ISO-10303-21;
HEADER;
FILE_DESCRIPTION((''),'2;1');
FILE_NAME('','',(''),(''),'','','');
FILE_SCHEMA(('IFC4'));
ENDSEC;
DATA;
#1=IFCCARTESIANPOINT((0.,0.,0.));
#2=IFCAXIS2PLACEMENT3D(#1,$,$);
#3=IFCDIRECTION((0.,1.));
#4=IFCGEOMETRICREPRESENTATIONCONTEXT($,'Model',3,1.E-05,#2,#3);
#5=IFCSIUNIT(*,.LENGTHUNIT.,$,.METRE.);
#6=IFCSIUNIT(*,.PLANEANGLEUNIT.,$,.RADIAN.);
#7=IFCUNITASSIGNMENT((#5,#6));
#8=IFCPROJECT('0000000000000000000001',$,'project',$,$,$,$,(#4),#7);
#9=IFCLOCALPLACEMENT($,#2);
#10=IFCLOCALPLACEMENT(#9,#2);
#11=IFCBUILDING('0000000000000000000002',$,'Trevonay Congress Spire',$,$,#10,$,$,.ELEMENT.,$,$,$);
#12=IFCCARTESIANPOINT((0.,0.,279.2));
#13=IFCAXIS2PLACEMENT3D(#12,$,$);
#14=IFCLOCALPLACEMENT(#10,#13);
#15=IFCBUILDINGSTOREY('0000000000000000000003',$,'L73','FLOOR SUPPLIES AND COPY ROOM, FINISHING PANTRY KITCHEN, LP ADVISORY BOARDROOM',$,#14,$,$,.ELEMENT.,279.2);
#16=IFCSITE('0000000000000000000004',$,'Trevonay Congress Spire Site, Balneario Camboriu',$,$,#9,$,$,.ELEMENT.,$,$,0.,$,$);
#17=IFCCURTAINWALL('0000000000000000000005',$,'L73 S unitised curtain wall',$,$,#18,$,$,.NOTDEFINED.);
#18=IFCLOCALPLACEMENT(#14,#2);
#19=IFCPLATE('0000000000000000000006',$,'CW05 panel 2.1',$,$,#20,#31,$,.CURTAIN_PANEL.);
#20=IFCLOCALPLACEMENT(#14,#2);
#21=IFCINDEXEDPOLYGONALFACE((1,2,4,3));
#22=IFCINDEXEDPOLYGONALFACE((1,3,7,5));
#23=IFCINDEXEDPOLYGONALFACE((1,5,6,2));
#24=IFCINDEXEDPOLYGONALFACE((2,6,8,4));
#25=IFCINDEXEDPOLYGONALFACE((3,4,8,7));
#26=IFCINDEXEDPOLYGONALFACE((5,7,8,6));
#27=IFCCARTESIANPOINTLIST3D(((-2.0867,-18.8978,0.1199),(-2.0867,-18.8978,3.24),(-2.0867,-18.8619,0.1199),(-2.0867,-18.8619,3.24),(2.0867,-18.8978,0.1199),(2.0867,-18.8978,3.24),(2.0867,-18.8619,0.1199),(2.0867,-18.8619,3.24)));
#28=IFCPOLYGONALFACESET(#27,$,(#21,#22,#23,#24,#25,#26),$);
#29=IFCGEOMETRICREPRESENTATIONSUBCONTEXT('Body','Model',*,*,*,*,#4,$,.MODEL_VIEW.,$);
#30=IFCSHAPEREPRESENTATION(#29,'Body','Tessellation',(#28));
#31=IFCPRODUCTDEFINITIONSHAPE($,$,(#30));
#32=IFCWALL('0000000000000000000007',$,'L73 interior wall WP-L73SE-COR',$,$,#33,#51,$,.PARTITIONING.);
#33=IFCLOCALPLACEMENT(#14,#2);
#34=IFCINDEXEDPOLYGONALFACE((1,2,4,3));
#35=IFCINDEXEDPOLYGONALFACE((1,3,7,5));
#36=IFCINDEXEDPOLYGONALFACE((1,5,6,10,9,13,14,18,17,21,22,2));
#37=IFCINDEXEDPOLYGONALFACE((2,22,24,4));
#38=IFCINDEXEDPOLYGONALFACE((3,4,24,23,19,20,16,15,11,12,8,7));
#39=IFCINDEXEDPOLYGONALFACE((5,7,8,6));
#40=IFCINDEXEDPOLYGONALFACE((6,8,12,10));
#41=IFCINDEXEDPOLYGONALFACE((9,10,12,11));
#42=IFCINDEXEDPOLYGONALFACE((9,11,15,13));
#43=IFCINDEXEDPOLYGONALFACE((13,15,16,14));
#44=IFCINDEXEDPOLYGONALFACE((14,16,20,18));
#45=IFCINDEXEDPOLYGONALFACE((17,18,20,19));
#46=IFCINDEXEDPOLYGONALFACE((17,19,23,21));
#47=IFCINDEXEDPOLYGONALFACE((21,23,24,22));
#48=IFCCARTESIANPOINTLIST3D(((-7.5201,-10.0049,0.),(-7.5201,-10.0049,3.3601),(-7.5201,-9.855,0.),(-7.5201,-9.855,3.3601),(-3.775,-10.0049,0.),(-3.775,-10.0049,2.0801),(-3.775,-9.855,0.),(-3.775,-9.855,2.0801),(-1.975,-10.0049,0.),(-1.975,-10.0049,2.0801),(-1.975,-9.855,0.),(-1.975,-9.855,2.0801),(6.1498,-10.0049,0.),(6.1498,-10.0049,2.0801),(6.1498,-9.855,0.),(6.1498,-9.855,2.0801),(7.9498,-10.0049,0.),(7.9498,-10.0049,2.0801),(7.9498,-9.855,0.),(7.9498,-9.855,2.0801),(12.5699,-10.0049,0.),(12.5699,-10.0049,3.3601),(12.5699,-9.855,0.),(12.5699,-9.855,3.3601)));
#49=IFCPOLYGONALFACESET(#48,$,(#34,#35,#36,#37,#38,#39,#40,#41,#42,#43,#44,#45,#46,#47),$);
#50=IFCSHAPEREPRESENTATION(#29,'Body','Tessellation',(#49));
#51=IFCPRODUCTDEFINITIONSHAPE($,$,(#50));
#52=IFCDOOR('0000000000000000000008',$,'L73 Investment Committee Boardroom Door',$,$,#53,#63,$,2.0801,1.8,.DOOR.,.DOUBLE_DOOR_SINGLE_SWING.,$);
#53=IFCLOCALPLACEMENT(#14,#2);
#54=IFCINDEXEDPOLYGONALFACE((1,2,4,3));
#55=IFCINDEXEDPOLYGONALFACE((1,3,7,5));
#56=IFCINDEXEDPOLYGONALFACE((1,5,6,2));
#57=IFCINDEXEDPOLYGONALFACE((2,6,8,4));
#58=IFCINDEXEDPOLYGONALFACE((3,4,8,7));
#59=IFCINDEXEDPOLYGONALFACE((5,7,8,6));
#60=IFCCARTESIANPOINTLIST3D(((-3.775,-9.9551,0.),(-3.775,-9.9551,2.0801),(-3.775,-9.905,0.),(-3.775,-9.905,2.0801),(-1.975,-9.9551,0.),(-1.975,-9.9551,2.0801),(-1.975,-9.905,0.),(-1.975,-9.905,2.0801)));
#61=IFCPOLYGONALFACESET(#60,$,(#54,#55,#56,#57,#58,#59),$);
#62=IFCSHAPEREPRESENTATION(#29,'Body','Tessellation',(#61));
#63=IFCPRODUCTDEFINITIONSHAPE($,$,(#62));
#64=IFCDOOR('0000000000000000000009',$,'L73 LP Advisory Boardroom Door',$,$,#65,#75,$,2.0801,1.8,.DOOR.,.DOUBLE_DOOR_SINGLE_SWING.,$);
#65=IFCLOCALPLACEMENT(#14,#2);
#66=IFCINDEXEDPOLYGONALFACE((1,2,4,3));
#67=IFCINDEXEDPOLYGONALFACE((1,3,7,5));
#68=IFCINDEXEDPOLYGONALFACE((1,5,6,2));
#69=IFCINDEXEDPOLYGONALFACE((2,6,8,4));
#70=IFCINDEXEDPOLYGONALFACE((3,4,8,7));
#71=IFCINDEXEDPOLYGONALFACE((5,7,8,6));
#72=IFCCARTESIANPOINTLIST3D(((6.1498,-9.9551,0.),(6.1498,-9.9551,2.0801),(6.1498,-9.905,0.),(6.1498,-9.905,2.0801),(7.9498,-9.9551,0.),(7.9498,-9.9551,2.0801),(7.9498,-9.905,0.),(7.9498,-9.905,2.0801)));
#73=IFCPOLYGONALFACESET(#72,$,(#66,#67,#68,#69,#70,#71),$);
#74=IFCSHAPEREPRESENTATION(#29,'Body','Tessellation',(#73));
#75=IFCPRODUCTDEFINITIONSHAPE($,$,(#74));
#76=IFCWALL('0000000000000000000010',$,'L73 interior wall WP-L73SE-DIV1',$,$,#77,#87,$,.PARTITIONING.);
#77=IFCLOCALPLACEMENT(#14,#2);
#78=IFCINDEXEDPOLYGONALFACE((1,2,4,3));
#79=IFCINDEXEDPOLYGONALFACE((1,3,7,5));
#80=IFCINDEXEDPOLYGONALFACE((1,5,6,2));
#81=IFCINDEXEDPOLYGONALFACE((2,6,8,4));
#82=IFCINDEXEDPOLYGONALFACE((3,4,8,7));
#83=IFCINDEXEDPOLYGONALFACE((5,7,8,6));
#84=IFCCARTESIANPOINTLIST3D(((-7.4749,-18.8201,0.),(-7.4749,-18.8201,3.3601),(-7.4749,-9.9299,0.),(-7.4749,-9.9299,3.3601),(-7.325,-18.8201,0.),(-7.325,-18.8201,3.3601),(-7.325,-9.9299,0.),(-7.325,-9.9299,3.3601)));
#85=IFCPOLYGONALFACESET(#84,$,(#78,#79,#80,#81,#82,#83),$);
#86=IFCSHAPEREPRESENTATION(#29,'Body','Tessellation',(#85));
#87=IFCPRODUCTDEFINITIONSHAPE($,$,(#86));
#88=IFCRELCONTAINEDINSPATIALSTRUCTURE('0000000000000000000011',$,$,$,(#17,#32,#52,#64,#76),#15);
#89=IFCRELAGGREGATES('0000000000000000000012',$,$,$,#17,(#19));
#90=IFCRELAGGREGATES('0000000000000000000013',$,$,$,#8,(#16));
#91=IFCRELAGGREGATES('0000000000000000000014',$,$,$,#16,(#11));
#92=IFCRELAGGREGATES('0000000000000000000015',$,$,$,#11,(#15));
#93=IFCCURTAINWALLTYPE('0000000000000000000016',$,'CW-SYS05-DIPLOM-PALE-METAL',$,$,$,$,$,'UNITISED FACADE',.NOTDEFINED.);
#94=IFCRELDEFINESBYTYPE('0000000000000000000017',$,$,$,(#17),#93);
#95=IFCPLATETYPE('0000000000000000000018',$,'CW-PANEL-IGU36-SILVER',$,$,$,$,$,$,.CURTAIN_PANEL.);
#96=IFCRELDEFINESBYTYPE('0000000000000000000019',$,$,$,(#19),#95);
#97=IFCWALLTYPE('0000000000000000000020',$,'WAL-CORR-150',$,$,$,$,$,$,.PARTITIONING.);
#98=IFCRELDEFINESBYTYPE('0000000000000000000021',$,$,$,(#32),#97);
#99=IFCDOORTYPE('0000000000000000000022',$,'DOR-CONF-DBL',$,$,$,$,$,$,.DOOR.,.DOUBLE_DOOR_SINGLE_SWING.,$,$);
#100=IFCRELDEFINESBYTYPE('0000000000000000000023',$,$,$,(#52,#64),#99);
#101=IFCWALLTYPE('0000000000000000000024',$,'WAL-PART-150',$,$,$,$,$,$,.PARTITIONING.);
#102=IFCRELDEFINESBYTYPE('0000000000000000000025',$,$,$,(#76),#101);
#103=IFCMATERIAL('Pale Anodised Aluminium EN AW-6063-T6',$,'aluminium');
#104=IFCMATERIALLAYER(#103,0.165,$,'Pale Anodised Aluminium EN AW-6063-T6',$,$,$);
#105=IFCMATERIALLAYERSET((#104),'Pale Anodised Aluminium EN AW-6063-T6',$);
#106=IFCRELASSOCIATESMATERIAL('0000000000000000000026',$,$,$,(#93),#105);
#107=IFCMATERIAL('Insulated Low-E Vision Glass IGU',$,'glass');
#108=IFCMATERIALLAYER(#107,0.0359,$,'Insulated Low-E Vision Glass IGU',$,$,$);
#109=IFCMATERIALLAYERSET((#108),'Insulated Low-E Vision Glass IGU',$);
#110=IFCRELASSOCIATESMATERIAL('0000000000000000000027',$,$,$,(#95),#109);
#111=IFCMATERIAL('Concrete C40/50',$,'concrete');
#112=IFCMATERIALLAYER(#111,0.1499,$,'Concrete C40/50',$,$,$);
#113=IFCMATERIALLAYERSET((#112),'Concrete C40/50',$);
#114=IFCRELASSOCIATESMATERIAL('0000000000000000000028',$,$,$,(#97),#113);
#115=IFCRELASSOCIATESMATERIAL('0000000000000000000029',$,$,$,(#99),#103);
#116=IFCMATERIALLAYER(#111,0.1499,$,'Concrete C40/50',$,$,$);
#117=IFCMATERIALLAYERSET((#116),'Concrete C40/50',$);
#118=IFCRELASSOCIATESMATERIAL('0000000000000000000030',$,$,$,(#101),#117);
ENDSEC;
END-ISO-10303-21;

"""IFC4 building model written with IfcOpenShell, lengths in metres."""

from ifc_helpers import new_model, si_unit, direction, frame, frame_2d, origin, origin_2d, place, context, subcontext, project, spatial, rectangle, extrude, material, layer, layer_set, type_object, element, fill, aggregate, save


model = new_model("IFC4")

# Units and contexts
model_context = context("Model", 3, precision=1e-05, world=origin(), true_north=direction((0.0, 1.0)))
body_context = subcontext(model_context, "Body", "Model", "MODEL_VIEW")
ifc_project = project(units=[si_unit("LENGTHUNIT", "METRE"), si_unit("PLANEANGLEUNIT", "RADIAN")], contexts=[model_context])

# Site, building, storey
site_placement = place(None, origin())
site = spatial("IfcSite", under=ifc_project, at=site_placement, Name="Trevonay Congress Spire Site, Balneario Camboriu", CompositionType="ELEMENT", RefElevation=0.0)
building_placement = place(site_placement, origin())
building = spatial("IfcBuilding", under=site, at=building_placement, Name="Trevonay Congress Spire", CompositionType="ELEMENT")
storey_placement = place(building_placement, frame((0.0, 0.0, 279.2)))
storey = spatial("IfcBuildingStorey", under=building, at=storey_placement, Name="L73", Description="FLOOR SUPPLIES AND COPY ROOM, FINISHING PANTRY KITCHEN, LP ADVISORY BOARDROOM", CompositionType="ELEMENT", Elevation=279.2)

# Curtain wall, plate
ifc_material_1 = material(Name="Pale Anodised Aluminium EN AW-6063-T6", Category="aluminium")
ifc_layer_1 = layer(ifc_material_1, 0.165, Name="Pale Anodised Aluminium EN AW-6063-T6")
ifc_layer_set_1 = layer_set([ifc_layer_1], Name="Pale Anodised Aluminium EN AW-6063-T6")
curtain_wall_type = type_object("IfcCurtainWallType", Name="CW-SYS05-DIPLOM-PALE-METAL", ElementType="UNITISED FACADE", PredefinedType="NOTDEFINED", material=ifc_layer_set_1)
curtain_wall_placement = place(storey_placement, origin())
curtain_wall = element("IfcCurtainWall", 1, at=curtain_wall_placement, inside=storey, type_object=curtain_wall_type, Name="L73 S unitised curtain wall", PredefinedType="NOTDEFINED")
ifc_material_2 = material(Name="Insulated Low-E Vision Glass IGU", Category="glass")
ifc_layer_2 = layer(ifc_material_2, 0.0359, Name="Insulated Low-E Vision Glass IGU")
ifc_layer_set_2 = layer_set([ifc_layer_2], Name="Insulated Low-E Vision Glass IGU")
plate_type = type_object("IfcPlateType", Name="CW-PANEL-IGU36-SILVER", PredefinedType="CURTAIN_PANEL", material=ifc_layer_set_2)
plate_1_placement = place(storey_placement, frame((0.0, -18.8799, 0.1199), z_axis=(0.0, 0.0, 1.0), x_axis=(1.0, 0.0, 0.0)))
plate_1 = element("IfcPlate", 2, at=plate_1_placement, type_object=plate_type, Name="CW05 panel 2.1", PredefinedType="CURTAIN_PANEL", context=body_context, shape_type="SweptSolid", body=[
    extrude(rectangle(XDim=4.1733, YDim=0.0359, at=origin_2d()), origin(), (0.0, 0.0, 1.0), 3.1201),
])
aggregate(curtain_wall, [plate_1])

# Wall, openings, doors
ifc_material_3 = material(Name="Concrete C40/50", Category="concrete")
ifc_layer_3 = layer(ifc_material_3, 0.1499, Name="Concrete C40/50")
ifc_layer_set_3 = layer_set([ifc_layer_3], Name="Concrete C40/50")
wall_type_1 = type_object("IfcWallType", Name="WAL-CORR-150", PredefinedType="PARTITIONING", material=ifc_layer_set_3)
wall_1_placement = place(storey_placement, frame((-7.52, -9.9299, 0.0), z_axis=(0.0, 0.0, 1.0), x_axis=(1.0, 0.0, 0.0)))
wall_1 = element("IfcWall", 3, at=wall_1_placement, inside=storey, type_object=wall_type_1, Name="L73 interior wall WP-L73SE-COR", PredefinedType="PARTITIONING", context=body_context, shape_type="SweptSolid", body=[
    extrude(rectangle(XDim=20.0901, YDim=0.1499, at=frame_2d((10.0449, 0.0))), origin(), (0.0, 0.0, 1.0), 3.3601),
])
opening_1_placement = place(wall_1_placement, frame((3.7451, 0.0, 0.0)))
opening_1 = element("IfcOpeningElement", 4, at=opening_1_placement, cuts=wall_1, PredefinedType="OPENING", context=body_context, shape_type="SweptSolid", body=[
    extrude(rectangle(XDim=1.8, YDim=2.0801, at=frame_2d((0.8999, 1.04))), frame((0.0, 0.085, 0.0), z_axis=(0.0, -1.0, 0.0), x_axis=(1.0, 0.0, 0.0)), (0.0, 0.0, 1.0), 0.1699),
])
opening_2_placement = place(wall_1_placement, frame((13.6699, 0.0, 0.0)))
opening_2 = element("IfcOpeningElement", 5, at=opening_2_placement, cuts=wall_1, PredefinedType="OPENING", context=body_context, shape_type="SweptSolid", body=[
    extrude(rectangle(XDim=1.8, YDim=2.0801, at=frame_2d((0.8999, 1.04))), frame((0.0, 0.085, 0.0), z_axis=(0.0, -1.0, 0.0), x_axis=(1.0, 0.0, 0.0)), (0.0, 0.0, 1.0), 0.1699),
])
door_type = type_object("IfcDoorType", Name="DOR-CONF-DBL", OperationType="DOUBLE_DOOR_SINGLE_SWING", PredefinedType="DOOR", material=ifc_material_1)
door_1_placement = place(opening_1_placement, origin())
door_1 = element("IfcDoor", 6, at=door_1_placement, inside=storey, type_object=door_type, Name="L73 Investment Committee Boardroom Door", OperationType="DOUBLE_DOOR_SINGLE_SWING", OverallHeight=2.0801, OverallWidth=1.8, PredefinedType="DOOR", context=body_context, shape_type="SweptSolid", body=[
    extrude(rectangle(XDim=1.8, YDim=2.0801, at=frame_2d((0.8999, 1.04))), frame((0.0, 0.0249, 0.0), z_axis=(0.0, -1.0, 0.0), x_axis=(1.0, 0.0, 0.0)), (0.0, 0.0, 1.0), 0.05),
])
fill(opening_1, door_1)
door_2_placement = place(opening_2_placement, origin())
door_2 = element("IfcDoor", 7, at=door_2_placement, inside=storey, type_object=door_type, Name="L73 LP Advisory Boardroom Door", OperationType="DOUBLE_DOOR_SINGLE_SWING", OverallHeight=2.0801, OverallWidth=1.8, PredefinedType="DOOR", context=body_context, shape_type="SweptSolid", body=[
    extrude(rectangle(XDim=1.8, YDim=2.0801, at=frame_2d((0.8999, 1.04))), frame((0.0, 0.0249, 0.0), z_axis=(0.0, -1.0, 0.0), x_axis=(1.0, 0.0, 0.0)), (0.0, 0.0, 1.0), 0.05),
])
fill(opening_2, door_2)

# Wall
ifc_layer_4 = layer(ifc_material_3, 0.1499, Name="Concrete C40/50")
ifc_layer_set_4 = layer_set([ifc_layer_4], Name="Concrete C40/50")
wall_type_2 = type_object("IfcWallType", Name="WAL-PART-150", PredefinedType="PARTITIONING", material=ifc_layer_set_4)
wall_2_placement = place(storey_placement, frame((-7.3999, -18.8201, 0.0), z_axis=(0.0, 0.0, 1.0), x_axis=(0.0, 1.0, 0.0)))
element("IfcWall", 8, at=wall_2_placement, inside=storey, type_object=wall_type_2, Name="L73 interior wall WP-L73SE-DIV1", PredefinedType="PARTITIONING", context=body_context, shape_type="SweptSolid", body=[
    extrude(rectangle(XDim=8.8901, YDim=0.1499, at=frame_2d((4.4451, 0.0))), origin(), (0.0, 0.0, 1.0), 3.3601),
])

save(model, "model.ifc")
